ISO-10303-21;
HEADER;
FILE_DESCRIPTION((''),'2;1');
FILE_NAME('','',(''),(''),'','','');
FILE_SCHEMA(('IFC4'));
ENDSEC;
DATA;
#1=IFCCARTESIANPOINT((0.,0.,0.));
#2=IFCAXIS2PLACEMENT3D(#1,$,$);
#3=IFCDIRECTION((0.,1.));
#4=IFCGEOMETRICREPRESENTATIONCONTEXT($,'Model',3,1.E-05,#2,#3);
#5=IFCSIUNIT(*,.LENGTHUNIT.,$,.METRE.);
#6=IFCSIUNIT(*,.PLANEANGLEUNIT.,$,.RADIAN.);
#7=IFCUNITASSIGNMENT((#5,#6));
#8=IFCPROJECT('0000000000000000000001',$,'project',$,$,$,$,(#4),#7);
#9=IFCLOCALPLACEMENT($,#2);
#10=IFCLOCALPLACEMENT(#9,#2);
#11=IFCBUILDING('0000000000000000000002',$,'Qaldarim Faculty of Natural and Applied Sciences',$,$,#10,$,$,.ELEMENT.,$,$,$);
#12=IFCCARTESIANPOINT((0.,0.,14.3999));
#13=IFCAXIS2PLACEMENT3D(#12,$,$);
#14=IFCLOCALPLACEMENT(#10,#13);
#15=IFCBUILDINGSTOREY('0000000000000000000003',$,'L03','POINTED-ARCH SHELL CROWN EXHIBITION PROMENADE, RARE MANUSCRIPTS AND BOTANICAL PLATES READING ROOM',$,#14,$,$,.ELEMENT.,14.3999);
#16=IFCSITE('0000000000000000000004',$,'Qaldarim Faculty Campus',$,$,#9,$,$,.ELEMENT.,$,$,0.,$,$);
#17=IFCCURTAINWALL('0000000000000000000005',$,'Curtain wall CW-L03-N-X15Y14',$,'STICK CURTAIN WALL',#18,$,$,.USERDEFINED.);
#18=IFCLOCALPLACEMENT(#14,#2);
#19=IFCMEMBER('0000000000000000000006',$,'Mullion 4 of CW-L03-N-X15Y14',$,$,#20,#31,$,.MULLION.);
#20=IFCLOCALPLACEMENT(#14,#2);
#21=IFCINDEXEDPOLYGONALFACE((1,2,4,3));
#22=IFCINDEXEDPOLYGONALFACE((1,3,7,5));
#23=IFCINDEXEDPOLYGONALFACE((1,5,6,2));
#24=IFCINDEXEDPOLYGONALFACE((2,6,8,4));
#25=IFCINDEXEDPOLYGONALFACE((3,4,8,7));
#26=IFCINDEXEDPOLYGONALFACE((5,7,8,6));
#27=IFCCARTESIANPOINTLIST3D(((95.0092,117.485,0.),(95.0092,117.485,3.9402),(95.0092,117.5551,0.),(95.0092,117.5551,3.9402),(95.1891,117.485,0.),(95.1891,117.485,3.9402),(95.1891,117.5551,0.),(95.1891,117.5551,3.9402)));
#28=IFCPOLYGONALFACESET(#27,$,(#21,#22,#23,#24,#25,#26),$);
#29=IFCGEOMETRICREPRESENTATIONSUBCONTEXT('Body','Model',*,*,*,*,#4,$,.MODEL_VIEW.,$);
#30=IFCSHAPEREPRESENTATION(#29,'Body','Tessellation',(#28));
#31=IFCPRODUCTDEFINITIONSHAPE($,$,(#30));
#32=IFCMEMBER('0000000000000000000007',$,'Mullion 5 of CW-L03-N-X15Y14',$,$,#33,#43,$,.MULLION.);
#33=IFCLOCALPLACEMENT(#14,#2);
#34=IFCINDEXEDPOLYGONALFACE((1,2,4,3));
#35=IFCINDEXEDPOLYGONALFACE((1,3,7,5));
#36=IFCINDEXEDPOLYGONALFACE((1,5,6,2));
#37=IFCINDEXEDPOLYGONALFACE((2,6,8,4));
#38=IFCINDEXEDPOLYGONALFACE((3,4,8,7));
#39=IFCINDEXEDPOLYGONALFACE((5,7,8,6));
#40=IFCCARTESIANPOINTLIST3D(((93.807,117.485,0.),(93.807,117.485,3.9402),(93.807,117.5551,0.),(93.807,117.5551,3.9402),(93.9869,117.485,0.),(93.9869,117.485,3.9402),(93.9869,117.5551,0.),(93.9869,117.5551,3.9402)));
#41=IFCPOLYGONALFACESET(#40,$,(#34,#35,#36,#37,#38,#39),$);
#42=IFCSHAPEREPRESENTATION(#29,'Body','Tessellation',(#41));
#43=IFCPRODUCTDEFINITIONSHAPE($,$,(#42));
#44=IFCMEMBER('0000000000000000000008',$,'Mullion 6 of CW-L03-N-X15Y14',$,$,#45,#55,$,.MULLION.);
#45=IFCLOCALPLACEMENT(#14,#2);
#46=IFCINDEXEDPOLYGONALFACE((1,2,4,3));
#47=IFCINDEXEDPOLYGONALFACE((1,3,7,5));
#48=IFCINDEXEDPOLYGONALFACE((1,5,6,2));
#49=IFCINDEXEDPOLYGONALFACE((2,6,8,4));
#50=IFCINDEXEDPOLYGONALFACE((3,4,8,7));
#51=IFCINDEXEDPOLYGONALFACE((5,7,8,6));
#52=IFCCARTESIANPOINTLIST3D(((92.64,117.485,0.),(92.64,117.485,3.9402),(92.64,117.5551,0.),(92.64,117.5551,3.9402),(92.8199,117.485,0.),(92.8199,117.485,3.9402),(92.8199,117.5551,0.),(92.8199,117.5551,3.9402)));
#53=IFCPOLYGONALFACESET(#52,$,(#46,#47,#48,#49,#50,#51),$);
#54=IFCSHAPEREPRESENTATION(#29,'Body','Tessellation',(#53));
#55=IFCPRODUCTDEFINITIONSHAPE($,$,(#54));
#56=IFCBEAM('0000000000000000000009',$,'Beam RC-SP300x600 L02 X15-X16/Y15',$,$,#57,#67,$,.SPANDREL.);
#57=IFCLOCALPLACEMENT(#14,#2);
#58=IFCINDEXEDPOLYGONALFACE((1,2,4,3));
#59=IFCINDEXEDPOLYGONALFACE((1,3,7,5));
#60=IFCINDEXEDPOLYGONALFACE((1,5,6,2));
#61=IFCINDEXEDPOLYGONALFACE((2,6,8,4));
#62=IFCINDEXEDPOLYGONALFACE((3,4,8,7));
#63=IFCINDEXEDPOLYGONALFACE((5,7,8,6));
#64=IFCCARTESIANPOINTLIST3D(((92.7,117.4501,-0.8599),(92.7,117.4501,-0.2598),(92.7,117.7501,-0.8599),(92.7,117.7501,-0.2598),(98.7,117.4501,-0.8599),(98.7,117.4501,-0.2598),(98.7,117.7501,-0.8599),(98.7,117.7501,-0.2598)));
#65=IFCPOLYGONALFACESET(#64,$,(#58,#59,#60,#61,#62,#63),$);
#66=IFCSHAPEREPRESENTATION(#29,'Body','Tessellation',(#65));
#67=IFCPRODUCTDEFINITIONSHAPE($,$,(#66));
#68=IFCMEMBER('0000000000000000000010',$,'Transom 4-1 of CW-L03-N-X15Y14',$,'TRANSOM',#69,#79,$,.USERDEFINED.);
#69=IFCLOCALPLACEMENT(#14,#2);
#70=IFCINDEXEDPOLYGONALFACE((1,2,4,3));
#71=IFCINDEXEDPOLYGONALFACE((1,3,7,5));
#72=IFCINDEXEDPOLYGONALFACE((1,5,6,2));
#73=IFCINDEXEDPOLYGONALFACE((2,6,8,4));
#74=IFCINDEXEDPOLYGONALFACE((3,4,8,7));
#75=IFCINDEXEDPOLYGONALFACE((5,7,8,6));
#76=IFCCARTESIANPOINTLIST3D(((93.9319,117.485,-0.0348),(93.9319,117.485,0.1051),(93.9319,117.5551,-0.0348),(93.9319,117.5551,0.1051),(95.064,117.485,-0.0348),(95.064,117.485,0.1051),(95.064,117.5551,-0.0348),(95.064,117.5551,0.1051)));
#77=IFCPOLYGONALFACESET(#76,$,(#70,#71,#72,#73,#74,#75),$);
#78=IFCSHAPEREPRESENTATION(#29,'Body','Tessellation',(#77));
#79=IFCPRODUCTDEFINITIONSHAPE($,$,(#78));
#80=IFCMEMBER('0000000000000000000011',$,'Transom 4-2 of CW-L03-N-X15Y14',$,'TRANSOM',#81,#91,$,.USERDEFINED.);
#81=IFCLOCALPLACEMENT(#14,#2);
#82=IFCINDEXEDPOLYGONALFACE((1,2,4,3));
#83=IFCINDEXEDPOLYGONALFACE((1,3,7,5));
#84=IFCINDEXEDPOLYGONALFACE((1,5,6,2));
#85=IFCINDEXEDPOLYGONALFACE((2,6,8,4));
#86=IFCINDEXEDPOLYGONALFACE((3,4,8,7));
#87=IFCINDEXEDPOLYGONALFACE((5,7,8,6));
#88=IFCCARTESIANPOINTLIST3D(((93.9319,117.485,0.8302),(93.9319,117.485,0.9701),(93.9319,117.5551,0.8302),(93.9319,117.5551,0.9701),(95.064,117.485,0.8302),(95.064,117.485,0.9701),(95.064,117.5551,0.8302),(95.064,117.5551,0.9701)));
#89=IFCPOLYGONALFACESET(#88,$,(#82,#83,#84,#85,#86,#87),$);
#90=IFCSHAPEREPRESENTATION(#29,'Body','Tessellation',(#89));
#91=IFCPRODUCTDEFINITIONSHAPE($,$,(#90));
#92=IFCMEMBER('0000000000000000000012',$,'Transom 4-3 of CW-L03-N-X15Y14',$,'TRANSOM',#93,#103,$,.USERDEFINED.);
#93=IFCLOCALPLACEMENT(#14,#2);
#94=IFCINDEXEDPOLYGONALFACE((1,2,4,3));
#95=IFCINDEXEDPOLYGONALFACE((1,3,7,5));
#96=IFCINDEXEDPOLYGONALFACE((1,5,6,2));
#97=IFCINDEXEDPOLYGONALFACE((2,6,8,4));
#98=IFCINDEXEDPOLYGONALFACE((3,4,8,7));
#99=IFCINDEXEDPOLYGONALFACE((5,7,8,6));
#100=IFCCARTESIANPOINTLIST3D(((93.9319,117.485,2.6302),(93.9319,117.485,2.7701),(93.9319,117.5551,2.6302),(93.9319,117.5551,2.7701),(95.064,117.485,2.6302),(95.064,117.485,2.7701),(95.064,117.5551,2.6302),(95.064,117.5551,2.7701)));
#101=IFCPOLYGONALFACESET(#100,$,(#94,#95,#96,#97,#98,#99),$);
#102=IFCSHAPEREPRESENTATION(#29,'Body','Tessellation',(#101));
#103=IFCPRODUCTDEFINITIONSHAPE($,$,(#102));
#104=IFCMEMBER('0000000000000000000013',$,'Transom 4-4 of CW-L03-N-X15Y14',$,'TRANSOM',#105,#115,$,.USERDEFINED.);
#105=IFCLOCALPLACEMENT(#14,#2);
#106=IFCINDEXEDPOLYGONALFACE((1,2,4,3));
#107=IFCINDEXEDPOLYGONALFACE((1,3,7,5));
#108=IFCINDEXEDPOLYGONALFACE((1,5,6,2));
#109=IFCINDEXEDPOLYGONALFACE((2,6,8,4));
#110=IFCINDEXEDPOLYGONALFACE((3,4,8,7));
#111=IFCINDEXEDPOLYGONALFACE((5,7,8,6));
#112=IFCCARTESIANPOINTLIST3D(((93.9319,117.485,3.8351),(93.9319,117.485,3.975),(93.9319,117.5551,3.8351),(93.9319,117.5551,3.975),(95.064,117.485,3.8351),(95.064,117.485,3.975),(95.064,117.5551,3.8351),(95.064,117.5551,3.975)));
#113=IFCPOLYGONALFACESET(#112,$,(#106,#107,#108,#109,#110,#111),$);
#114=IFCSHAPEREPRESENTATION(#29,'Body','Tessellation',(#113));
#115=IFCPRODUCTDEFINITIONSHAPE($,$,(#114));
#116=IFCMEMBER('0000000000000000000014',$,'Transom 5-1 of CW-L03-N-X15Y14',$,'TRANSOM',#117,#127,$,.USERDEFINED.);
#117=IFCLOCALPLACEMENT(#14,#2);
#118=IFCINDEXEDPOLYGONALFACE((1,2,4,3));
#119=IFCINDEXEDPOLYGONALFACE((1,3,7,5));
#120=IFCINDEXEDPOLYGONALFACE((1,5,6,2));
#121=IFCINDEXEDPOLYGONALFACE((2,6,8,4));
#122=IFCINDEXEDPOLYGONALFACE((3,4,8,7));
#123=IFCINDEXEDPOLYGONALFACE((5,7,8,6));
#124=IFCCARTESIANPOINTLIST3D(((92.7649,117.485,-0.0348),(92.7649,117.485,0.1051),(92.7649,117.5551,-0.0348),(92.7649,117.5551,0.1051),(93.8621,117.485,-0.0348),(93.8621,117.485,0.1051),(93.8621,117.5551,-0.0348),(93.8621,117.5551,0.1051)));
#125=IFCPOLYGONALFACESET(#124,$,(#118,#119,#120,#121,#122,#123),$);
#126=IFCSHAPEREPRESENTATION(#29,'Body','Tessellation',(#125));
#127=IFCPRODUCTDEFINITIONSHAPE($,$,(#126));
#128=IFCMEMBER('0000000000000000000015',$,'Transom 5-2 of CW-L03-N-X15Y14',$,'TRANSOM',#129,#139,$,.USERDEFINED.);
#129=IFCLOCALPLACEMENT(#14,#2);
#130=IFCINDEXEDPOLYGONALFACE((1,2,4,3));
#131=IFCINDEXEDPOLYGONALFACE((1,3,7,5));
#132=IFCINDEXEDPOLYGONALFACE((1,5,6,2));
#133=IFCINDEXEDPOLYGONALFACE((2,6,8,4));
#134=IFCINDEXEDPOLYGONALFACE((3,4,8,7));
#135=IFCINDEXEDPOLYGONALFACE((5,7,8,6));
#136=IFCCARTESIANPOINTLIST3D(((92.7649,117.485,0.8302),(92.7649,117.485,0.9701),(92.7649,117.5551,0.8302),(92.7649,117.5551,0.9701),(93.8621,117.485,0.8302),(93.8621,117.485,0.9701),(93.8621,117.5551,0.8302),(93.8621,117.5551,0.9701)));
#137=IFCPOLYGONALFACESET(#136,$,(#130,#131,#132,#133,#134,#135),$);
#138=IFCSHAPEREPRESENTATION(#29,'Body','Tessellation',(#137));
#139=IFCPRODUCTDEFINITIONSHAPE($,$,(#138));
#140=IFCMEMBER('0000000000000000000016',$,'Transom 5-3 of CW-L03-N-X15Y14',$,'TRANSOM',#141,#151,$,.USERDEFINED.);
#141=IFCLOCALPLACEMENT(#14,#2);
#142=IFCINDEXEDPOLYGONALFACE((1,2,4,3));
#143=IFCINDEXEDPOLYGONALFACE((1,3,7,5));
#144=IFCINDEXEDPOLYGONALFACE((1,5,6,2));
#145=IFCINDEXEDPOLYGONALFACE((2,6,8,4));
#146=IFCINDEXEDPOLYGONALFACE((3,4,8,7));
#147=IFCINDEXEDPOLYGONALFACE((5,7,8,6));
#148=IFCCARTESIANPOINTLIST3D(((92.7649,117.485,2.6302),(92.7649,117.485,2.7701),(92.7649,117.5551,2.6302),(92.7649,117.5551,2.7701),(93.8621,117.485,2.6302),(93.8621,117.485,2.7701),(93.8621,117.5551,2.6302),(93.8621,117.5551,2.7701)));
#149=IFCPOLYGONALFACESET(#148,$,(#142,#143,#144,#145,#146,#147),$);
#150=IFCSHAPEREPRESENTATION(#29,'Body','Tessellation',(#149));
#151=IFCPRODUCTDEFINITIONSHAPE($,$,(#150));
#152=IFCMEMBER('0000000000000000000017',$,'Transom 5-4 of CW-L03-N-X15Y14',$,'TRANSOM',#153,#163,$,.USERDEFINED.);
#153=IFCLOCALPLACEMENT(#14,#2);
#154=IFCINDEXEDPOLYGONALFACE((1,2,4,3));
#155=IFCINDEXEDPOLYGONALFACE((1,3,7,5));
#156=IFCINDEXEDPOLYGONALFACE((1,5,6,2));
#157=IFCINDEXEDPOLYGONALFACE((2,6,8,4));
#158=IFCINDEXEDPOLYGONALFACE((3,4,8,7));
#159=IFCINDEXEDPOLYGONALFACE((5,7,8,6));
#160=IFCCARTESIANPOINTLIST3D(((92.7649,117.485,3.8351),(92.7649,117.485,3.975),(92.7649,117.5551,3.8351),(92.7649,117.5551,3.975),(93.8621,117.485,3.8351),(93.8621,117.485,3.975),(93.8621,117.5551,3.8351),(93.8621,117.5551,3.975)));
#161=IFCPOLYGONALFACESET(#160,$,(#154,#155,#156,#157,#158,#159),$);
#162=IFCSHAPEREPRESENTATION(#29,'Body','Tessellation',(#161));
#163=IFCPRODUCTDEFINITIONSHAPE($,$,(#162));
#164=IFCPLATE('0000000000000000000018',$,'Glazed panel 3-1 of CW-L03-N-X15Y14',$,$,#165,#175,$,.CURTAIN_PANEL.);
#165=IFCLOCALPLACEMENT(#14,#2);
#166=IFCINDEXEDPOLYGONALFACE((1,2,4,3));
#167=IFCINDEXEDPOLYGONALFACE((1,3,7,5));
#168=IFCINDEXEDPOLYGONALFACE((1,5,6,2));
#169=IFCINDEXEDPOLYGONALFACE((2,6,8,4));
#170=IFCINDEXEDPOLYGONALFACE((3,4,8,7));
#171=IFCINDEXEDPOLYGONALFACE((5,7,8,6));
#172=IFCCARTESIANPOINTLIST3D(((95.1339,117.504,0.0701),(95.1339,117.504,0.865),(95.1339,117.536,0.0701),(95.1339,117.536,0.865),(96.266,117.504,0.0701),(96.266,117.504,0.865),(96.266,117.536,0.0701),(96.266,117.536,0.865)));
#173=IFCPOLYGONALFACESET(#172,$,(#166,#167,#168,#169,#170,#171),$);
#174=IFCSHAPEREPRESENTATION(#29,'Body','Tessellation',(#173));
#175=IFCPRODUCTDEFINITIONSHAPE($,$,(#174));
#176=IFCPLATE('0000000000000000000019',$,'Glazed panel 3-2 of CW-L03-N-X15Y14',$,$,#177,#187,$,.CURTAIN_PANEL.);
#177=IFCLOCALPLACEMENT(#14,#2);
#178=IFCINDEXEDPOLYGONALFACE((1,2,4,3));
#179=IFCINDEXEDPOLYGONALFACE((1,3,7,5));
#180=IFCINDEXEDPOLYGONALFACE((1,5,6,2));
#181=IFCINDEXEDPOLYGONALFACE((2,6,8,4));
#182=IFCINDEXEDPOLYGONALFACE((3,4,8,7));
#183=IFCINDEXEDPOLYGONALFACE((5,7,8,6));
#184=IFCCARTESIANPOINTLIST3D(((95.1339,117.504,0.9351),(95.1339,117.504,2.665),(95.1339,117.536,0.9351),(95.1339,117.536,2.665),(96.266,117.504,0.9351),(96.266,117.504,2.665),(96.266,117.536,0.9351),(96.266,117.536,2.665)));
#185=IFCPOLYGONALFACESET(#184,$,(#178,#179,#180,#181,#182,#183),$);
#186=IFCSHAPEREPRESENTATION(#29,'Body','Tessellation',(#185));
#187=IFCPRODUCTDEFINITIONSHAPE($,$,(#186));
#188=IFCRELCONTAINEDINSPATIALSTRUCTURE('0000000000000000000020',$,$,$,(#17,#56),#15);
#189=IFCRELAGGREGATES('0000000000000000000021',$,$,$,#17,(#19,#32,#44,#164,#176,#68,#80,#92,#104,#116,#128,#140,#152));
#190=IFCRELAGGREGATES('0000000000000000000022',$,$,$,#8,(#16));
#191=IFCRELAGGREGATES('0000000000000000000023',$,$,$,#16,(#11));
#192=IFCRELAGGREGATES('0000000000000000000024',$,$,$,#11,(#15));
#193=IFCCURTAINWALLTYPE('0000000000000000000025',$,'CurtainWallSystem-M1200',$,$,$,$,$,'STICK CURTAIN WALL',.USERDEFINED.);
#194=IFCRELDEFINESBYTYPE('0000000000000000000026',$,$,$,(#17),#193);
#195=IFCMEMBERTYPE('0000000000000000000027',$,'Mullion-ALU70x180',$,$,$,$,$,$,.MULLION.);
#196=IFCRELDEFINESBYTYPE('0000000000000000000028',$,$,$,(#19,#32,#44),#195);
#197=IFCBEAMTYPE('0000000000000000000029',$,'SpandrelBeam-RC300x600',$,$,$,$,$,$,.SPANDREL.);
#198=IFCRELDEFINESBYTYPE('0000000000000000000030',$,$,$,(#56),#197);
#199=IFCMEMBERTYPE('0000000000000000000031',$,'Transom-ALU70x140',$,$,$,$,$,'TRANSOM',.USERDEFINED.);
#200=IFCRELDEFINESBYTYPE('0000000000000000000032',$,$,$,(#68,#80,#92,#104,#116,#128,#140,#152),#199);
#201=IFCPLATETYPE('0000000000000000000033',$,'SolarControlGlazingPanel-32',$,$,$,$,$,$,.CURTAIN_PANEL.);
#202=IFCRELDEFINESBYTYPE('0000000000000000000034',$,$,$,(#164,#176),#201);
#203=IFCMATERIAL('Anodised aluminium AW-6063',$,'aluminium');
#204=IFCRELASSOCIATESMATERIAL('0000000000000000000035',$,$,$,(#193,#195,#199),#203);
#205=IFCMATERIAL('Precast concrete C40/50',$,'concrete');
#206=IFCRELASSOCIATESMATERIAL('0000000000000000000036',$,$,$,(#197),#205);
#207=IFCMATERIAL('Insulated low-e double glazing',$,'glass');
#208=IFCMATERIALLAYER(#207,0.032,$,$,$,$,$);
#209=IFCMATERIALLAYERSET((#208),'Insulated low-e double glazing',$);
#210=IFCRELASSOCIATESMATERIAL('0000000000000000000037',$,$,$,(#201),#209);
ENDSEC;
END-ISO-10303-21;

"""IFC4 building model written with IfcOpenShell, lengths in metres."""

from ifc_helpers import new_model, si_unit, direction, frame, origin, origin_2d, place, context, subcontext, project, spatial, rectangle, extrude, material, layer, layer_set, material_profile, profile_set, type_object, element, aggregate, save


model = new_model("IFC4")

# Units and contexts
model_context = context("Model", 3, precision=1e-05, world=origin(), true_north=direction((0.0, 1.0)))
body_context = subcontext(model_context, "Body", "Model", "MODEL_VIEW")
ifc_project = project(units=[si_unit("LENGTHUNIT", "METRE"), si_unit("PLANEANGLEUNIT", "RADIAN")], contexts=[model_context])

# Site, building, storey
site_placement = place(None, origin())
site = spatial("IfcSite", under=ifc_project, at=site_placement, Name="Qaldarim Faculty Campus", CompositionType="ELEMENT", RefElevation=0.0)
building_placement = place(site_placement, origin())
building = spatial("IfcBuilding", under=site, at=building_placement, Name="Qaldarim Faculty of Natural and Applied Sciences", CompositionType="ELEMENT")
storey_placement = place(building_placement, frame((0.0, 0.0, 14.3999)))
storey = spatial("IfcBuildingStorey", under=building, at=storey_placement, Name="L03", Description="POINTED-ARCH SHELL CROWN EXHIBITION PROMENADE, RARE MANUSCRIPTS AND BOTANICAL PLATES READING ROOM", CompositionType="ELEMENT", Elevation=14.3999)

# Curtain wall, members
ifc_material_1 = material(Name="Anodised aluminium AW-6063", Category="aluminium")
curtain_wall_type = type_object("IfcCurtainWallType", Name="CurtainWallSystem-M1200", ElementType="STICK CURTAIN WALL", PredefinedType="USERDEFINED", material=ifc_material_1)
curtain_wall_placement = place(storey_placement, origin())
curtain_wall = element("IfcCurtainWall", 1, at=curtain_wall_placement, inside=storey, type_object=curtain_wall_type, Name="Curtain wall CW-L03-N-X15Y14", ObjectType="STICK CURTAIN WALL", PredefinedType="USERDEFINED")
ifc_material_profile_1 = material_profile(ifc_material_1, rectangle(XDim=0.0701, YDim=0.1799, at=origin_2d()), Name="ALU-M70x180")
ifc_profile_set_1 = profile_set([ifc_material_profile_1], Name="Anodised aluminium AW-6063")
member_type_1 = type_object("IfcMemberType", Name="Mullion-ALU70x180", PredefinedType="MULLION", material=ifc_profile_set_1)
member_1_placement = place(storey_placement, frame((95.0991, 117.52, 0.0), z_axis=(0.0, 0.0, 1.0), x_axis=(0.0, -1.0, 0.0)))
member_1 = element("IfcMember", 2, at=member_1_placement, type_object=member_type_1, Name="Mullion 4 of CW-L03-N-X15Y14", PredefinedType="MULLION", context=body_context, shape_type="SweptSolid", body=[
    extrude(rectangle(XDim=0.0701, YDim=0.1799, at=origin_2d()), origin(), (0.0, 0.0, 1.0), 3.9402),
])
member_2_placement = place(storey_placement, frame((93.897, 117.52, 0.0), z_axis=(0.0, 0.0, 1.0), x_axis=(0.0, -1.0, 0.0)))
member_2 = element("IfcMember", 3, at=member_2_placement, type_object=member_type_1, Name="Mullion 5 of CW-L03-N-X15Y14", PredefinedType="MULLION", context=body_context, shape_type="SweptSolid", body=[
    extrude(rectangle(XDim=0.0701, YDim=0.1799, at=origin_2d()), origin(), (0.0, 0.0, 1.0), 3.9402),
])
member_3_placement = place(storey_placement, frame((92.73, 117.52, 0.0), z_axis=(0.0, 0.0, 1.0), x_axis=(0.0, -1.0, 0.0)))
member_3 = element("IfcMember", 4, at=member_3_placement, type_object=member_type_1, Name="Mullion 6 of CW-L03-N-X15Y14", PredefinedType="MULLION", context=body_context, shape_type="SweptSolid", body=[
    extrude(rectangle(XDim=0.0701, YDim=0.1799, at=origin_2d()), origin(), (0.0, 0.0, 1.0), 3.9402),
])

# Beam
ifc_material_2 = material(Name="Precast concrete C40/50", Category="concrete")
ifc_material_profile_2 = material_profile(ifc_material_2, rectangle(XDim=0.3, YDim=0.6001, at=origin_2d()), Name="RC-SP300x600")
ifc_profile_set_2 = profile_set([ifc_material_profile_2], Name="Precast concrete C40/50")
beam_type = type_object("IfcBeamType", Name="SpandrelBeam-RC300x600", PredefinedType="SPANDREL", material=ifc_profile_set_2)
beam_placement = place(storey_placement, frame((92.7, 117.6001, -0.5598), z_axis=(1.0, 0.0, 0.0), x_axis=(0.0, 1.0, 0.0)))
element("IfcBeam", 5, at=beam_placement, inside=storey, type_object=beam_type, Name="Beam RC-SP300x600 L02 X15-X16/Y15", PredefinedType="SPANDREL", context=body_context, shape_type="SweptSolid", body=[
    extrude(rectangle(XDim=0.3, YDim=0.6001, at=origin_2d()), origin(), (0.0, 0.0, 1.0), 6.0),
])

# Members
ifc_material_profile_3 = material_profile(ifc_material_1, rectangle(XDim=0.0701, YDim=0.1399, at=origin_2d()), Name="ALU-T70x140")
ifc_profile_set_3 = profile_set([ifc_material_profile_3], Name="Anodised aluminium AW-6063")
member_type_2 = type_object("IfcMemberType", Name="Transom-ALU70x140", ElementType="TRANSOM", PredefinedType="USERDEFINED", material=ifc_profile_set_3)
member_4_placement = place(storey_placement, frame((95.064, 117.52, 0.0352), z_axis=(-1.0, 0.0, 0.0), x_axis=(0.0, -1.0, 0.0)))
member_4 = element("IfcMember", 6, at=member_4_placement, type_object=member_type_2, Name="Transom 4-1 of CW-L03-N-X15Y14", ObjectType="TRANSOM", PredefinedType="USERDEFINED", context=body_context, shape_type="SweptSolid", body=[
    extrude(rectangle(XDim=0.0701, YDim=0.1399, at=origin_2d()), origin(), (0.0, 0.0, 1.0), 1.1321),
])
member_5_placement = place(storey_placement, frame((95.064, 117.52, 0.9001), z_axis=(-1.0, 0.0, 0.0), x_axis=(0.0, -1.0, 0.0)))
member_5 = element("IfcMember", 7, at=member_5_placement, type_object=member_type_2, Name="Transom 4-2 of CW-L03-N-X15Y14", ObjectType="TRANSOM", PredefinedType="USERDEFINED", context=body_context, shape_type="SweptSolid", body=[
    extrude(rectangle(XDim=0.0701, YDim=0.1399, at=origin_2d()), origin(), (0.0, 0.0, 1.0), 1.1321),
])
member_6_placement = place(storey_placement, frame((95.064, 117.52, 2.7002), z_axis=(-1.0, 0.0, 0.0), x_axis=(0.0, -1.0, 0.0)))
member_6 = element("IfcMember", 8, at=member_6_placement, type_object=member_type_2, Name="Transom 4-3 of CW-L03-N-X15Y14", ObjectType="TRANSOM", PredefinedType="USERDEFINED", context=body_context, shape_type="SweptSolid", body=[
    extrude(rectangle(XDim=0.0701, YDim=0.1399, at=origin_2d()), origin(), (0.0, 0.0, 1.0), 1.1321),
])
member_7_placement = place(storey_placement, frame((95.064, 117.52, 3.905), z_axis=(-1.0, 0.0, 0.0), x_axis=(0.0, -1.0, 0.0)))
member_7 = element("IfcMember", 9, at=member_7_placement, type_object=member_type_2, Name="Transom 4-4 of CW-L03-N-X15Y14", ObjectType="TRANSOM", PredefinedType="USERDEFINED", context=body_context, shape_type="SweptSolid", body=[
    extrude(rectangle(XDim=0.0701, YDim=0.1399, at=origin_2d()), origin(), (0.0, 0.0, 1.0), 1.1321),
])
member_8_placement = place(storey_placement, frame((93.8621, 117.52, 0.0352), z_axis=(-1.0, 0.0, 0.0), x_axis=(0.0, -1.0, 0.0)))
member_8 = element("IfcMember", 10, at=member_8_placement, type_object=member_type_2, Name="Transom 5-1 of CW-L03-N-X15Y14", ObjectType="TRANSOM", PredefinedType="USERDEFINED", context=body_context, shape_type="SweptSolid", body=[
    extrude(rectangle(XDim=0.0701, YDim=0.1399, at=origin_2d()), origin(), (0.0, 0.0, 1.0), 1.0972),
])
member_9_placement = place(storey_placement, frame((93.8621, 117.52, 0.9001), z_axis=(-1.0, 0.0, 0.0), x_axis=(0.0, -1.0, 0.0)))
member_9 = element("IfcMember", 11, at=member_9_placement, type_object=member_type_2, Name="Transom 5-2 of CW-L03-N-X15Y14", ObjectType="TRANSOM", PredefinedType="USERDEFINED", context=body_context, shape_type="SweptSolid", body=[
    extrude(rectangle(XDim=0.0701, YDim=0.1399, at=origin_2d()), origin(), (0.0, 0.0, 1.0), 1.0972),
])
member_10_placement = place(storey_placement, frame((93.8621, 117.52, 2.7002), z_axis=(-1.0, 0.0, 0.0), x_axis=(0.0, -1.0, 0.0)))
member_10 = element("IfcMember", 12, at=member_10_placement, type_object=member_type_2, Name="Transom 5-3 of CW-L03-N-X15Y14", ObjectType="TRANSOM", PredefinedType="USERDEFINED", context=body_context, shape_type="SweptSolid", body=[
    extrude(rectangle(XDim=0.0701, YDim=0.1399, at=origin_2d()), origin(), (0.0, 0.0, 1.0), 1.0972),
])
member_11_placement = place(storey_placement, frame((93.8621, 117.52, 3.905), z_axis=(-1.0, 0.0, 0.0), x_axis=(0.0, -1.0, 0.0)))
member_11 = element("IfcMember", 13, at=member_11_placement, type_object=member_type_2, Name="Transom 5-4 of CW-L03-N-X15Y14", ObjectType="TRANSOM", PredefinedType="USERDEFINED", context=body_context, shape_type="SweptSolid", body=[
    extrude(rectangle(XDim=0.0701, YDim=0.1399, at=origin_2d()), origin(), (0.0, 0.0, 1.0), 1.0972),
])

# Plates
ifc_material_3 = material(Name="Insulated low-e double glazing", Category="glass")
ifc_layer_1 = layer(ifc_material_3, 0.032)
ifc_layer_set_1 = layer_set([ifc_layer_1], Name="Insulated low-e double glazing")
plate_type = type_object("IfcPlateType", Name="SolarControlGlazingPanel-32", PredefinedType="CURTAIN_PANEL", material=ifc_layer_set_1)
plate_1_placement = place(storey_placement, frame((95.7, 117.52, 0.0701), z_axis=(0.0, 0.0, 1.0), x_axis=(-1.0, 0.0, 0.0)))
plate_1 = element("IfcPlate", 14, at=plate_1_placement, type_object=plate_type, Name="Glazed panel 3-1 of CW-L03-N-X15Y14", PredefinedType="CURTAIN_PANEL", context=body_context, shape_type="SweptSolid", body=[
    extrude(rectangle(XDim=1.1321, YDim=0.032, at=origin_2d()), origin(), (0.0, 0.0, 1.0), 0.7949),
])
plate_2_placement = place(storey_placement, frame((95.7, 117.52, 0.9351), z_axis=(0.0, 0.0, 1.0), x_axis=(-1.0, 0.0, 0.0)))
plate_2 = element("IfcPlate", 15, at=plate_2_placement, type_object=plate_type, Name="Glazed panel 3-2 of CW-L03-N-X15Y14", PredefinedType="CURTAIN_PANEL", context=body_context, shape_type="SweptSolid", body=[
    extrude(rectangle(XDim=1.1321, YDim=0.032, at=origin_2d()), origin(), (0.0, 0.0, 1.0), 1.73),
])
aggregate(curtain_wall, [member_1, member_2, member_3, plate_1, plate_2, member_4, member_5, member_6, member_7, member_8, member_9, member_10, member_11])

save(model, "model.ifc")
